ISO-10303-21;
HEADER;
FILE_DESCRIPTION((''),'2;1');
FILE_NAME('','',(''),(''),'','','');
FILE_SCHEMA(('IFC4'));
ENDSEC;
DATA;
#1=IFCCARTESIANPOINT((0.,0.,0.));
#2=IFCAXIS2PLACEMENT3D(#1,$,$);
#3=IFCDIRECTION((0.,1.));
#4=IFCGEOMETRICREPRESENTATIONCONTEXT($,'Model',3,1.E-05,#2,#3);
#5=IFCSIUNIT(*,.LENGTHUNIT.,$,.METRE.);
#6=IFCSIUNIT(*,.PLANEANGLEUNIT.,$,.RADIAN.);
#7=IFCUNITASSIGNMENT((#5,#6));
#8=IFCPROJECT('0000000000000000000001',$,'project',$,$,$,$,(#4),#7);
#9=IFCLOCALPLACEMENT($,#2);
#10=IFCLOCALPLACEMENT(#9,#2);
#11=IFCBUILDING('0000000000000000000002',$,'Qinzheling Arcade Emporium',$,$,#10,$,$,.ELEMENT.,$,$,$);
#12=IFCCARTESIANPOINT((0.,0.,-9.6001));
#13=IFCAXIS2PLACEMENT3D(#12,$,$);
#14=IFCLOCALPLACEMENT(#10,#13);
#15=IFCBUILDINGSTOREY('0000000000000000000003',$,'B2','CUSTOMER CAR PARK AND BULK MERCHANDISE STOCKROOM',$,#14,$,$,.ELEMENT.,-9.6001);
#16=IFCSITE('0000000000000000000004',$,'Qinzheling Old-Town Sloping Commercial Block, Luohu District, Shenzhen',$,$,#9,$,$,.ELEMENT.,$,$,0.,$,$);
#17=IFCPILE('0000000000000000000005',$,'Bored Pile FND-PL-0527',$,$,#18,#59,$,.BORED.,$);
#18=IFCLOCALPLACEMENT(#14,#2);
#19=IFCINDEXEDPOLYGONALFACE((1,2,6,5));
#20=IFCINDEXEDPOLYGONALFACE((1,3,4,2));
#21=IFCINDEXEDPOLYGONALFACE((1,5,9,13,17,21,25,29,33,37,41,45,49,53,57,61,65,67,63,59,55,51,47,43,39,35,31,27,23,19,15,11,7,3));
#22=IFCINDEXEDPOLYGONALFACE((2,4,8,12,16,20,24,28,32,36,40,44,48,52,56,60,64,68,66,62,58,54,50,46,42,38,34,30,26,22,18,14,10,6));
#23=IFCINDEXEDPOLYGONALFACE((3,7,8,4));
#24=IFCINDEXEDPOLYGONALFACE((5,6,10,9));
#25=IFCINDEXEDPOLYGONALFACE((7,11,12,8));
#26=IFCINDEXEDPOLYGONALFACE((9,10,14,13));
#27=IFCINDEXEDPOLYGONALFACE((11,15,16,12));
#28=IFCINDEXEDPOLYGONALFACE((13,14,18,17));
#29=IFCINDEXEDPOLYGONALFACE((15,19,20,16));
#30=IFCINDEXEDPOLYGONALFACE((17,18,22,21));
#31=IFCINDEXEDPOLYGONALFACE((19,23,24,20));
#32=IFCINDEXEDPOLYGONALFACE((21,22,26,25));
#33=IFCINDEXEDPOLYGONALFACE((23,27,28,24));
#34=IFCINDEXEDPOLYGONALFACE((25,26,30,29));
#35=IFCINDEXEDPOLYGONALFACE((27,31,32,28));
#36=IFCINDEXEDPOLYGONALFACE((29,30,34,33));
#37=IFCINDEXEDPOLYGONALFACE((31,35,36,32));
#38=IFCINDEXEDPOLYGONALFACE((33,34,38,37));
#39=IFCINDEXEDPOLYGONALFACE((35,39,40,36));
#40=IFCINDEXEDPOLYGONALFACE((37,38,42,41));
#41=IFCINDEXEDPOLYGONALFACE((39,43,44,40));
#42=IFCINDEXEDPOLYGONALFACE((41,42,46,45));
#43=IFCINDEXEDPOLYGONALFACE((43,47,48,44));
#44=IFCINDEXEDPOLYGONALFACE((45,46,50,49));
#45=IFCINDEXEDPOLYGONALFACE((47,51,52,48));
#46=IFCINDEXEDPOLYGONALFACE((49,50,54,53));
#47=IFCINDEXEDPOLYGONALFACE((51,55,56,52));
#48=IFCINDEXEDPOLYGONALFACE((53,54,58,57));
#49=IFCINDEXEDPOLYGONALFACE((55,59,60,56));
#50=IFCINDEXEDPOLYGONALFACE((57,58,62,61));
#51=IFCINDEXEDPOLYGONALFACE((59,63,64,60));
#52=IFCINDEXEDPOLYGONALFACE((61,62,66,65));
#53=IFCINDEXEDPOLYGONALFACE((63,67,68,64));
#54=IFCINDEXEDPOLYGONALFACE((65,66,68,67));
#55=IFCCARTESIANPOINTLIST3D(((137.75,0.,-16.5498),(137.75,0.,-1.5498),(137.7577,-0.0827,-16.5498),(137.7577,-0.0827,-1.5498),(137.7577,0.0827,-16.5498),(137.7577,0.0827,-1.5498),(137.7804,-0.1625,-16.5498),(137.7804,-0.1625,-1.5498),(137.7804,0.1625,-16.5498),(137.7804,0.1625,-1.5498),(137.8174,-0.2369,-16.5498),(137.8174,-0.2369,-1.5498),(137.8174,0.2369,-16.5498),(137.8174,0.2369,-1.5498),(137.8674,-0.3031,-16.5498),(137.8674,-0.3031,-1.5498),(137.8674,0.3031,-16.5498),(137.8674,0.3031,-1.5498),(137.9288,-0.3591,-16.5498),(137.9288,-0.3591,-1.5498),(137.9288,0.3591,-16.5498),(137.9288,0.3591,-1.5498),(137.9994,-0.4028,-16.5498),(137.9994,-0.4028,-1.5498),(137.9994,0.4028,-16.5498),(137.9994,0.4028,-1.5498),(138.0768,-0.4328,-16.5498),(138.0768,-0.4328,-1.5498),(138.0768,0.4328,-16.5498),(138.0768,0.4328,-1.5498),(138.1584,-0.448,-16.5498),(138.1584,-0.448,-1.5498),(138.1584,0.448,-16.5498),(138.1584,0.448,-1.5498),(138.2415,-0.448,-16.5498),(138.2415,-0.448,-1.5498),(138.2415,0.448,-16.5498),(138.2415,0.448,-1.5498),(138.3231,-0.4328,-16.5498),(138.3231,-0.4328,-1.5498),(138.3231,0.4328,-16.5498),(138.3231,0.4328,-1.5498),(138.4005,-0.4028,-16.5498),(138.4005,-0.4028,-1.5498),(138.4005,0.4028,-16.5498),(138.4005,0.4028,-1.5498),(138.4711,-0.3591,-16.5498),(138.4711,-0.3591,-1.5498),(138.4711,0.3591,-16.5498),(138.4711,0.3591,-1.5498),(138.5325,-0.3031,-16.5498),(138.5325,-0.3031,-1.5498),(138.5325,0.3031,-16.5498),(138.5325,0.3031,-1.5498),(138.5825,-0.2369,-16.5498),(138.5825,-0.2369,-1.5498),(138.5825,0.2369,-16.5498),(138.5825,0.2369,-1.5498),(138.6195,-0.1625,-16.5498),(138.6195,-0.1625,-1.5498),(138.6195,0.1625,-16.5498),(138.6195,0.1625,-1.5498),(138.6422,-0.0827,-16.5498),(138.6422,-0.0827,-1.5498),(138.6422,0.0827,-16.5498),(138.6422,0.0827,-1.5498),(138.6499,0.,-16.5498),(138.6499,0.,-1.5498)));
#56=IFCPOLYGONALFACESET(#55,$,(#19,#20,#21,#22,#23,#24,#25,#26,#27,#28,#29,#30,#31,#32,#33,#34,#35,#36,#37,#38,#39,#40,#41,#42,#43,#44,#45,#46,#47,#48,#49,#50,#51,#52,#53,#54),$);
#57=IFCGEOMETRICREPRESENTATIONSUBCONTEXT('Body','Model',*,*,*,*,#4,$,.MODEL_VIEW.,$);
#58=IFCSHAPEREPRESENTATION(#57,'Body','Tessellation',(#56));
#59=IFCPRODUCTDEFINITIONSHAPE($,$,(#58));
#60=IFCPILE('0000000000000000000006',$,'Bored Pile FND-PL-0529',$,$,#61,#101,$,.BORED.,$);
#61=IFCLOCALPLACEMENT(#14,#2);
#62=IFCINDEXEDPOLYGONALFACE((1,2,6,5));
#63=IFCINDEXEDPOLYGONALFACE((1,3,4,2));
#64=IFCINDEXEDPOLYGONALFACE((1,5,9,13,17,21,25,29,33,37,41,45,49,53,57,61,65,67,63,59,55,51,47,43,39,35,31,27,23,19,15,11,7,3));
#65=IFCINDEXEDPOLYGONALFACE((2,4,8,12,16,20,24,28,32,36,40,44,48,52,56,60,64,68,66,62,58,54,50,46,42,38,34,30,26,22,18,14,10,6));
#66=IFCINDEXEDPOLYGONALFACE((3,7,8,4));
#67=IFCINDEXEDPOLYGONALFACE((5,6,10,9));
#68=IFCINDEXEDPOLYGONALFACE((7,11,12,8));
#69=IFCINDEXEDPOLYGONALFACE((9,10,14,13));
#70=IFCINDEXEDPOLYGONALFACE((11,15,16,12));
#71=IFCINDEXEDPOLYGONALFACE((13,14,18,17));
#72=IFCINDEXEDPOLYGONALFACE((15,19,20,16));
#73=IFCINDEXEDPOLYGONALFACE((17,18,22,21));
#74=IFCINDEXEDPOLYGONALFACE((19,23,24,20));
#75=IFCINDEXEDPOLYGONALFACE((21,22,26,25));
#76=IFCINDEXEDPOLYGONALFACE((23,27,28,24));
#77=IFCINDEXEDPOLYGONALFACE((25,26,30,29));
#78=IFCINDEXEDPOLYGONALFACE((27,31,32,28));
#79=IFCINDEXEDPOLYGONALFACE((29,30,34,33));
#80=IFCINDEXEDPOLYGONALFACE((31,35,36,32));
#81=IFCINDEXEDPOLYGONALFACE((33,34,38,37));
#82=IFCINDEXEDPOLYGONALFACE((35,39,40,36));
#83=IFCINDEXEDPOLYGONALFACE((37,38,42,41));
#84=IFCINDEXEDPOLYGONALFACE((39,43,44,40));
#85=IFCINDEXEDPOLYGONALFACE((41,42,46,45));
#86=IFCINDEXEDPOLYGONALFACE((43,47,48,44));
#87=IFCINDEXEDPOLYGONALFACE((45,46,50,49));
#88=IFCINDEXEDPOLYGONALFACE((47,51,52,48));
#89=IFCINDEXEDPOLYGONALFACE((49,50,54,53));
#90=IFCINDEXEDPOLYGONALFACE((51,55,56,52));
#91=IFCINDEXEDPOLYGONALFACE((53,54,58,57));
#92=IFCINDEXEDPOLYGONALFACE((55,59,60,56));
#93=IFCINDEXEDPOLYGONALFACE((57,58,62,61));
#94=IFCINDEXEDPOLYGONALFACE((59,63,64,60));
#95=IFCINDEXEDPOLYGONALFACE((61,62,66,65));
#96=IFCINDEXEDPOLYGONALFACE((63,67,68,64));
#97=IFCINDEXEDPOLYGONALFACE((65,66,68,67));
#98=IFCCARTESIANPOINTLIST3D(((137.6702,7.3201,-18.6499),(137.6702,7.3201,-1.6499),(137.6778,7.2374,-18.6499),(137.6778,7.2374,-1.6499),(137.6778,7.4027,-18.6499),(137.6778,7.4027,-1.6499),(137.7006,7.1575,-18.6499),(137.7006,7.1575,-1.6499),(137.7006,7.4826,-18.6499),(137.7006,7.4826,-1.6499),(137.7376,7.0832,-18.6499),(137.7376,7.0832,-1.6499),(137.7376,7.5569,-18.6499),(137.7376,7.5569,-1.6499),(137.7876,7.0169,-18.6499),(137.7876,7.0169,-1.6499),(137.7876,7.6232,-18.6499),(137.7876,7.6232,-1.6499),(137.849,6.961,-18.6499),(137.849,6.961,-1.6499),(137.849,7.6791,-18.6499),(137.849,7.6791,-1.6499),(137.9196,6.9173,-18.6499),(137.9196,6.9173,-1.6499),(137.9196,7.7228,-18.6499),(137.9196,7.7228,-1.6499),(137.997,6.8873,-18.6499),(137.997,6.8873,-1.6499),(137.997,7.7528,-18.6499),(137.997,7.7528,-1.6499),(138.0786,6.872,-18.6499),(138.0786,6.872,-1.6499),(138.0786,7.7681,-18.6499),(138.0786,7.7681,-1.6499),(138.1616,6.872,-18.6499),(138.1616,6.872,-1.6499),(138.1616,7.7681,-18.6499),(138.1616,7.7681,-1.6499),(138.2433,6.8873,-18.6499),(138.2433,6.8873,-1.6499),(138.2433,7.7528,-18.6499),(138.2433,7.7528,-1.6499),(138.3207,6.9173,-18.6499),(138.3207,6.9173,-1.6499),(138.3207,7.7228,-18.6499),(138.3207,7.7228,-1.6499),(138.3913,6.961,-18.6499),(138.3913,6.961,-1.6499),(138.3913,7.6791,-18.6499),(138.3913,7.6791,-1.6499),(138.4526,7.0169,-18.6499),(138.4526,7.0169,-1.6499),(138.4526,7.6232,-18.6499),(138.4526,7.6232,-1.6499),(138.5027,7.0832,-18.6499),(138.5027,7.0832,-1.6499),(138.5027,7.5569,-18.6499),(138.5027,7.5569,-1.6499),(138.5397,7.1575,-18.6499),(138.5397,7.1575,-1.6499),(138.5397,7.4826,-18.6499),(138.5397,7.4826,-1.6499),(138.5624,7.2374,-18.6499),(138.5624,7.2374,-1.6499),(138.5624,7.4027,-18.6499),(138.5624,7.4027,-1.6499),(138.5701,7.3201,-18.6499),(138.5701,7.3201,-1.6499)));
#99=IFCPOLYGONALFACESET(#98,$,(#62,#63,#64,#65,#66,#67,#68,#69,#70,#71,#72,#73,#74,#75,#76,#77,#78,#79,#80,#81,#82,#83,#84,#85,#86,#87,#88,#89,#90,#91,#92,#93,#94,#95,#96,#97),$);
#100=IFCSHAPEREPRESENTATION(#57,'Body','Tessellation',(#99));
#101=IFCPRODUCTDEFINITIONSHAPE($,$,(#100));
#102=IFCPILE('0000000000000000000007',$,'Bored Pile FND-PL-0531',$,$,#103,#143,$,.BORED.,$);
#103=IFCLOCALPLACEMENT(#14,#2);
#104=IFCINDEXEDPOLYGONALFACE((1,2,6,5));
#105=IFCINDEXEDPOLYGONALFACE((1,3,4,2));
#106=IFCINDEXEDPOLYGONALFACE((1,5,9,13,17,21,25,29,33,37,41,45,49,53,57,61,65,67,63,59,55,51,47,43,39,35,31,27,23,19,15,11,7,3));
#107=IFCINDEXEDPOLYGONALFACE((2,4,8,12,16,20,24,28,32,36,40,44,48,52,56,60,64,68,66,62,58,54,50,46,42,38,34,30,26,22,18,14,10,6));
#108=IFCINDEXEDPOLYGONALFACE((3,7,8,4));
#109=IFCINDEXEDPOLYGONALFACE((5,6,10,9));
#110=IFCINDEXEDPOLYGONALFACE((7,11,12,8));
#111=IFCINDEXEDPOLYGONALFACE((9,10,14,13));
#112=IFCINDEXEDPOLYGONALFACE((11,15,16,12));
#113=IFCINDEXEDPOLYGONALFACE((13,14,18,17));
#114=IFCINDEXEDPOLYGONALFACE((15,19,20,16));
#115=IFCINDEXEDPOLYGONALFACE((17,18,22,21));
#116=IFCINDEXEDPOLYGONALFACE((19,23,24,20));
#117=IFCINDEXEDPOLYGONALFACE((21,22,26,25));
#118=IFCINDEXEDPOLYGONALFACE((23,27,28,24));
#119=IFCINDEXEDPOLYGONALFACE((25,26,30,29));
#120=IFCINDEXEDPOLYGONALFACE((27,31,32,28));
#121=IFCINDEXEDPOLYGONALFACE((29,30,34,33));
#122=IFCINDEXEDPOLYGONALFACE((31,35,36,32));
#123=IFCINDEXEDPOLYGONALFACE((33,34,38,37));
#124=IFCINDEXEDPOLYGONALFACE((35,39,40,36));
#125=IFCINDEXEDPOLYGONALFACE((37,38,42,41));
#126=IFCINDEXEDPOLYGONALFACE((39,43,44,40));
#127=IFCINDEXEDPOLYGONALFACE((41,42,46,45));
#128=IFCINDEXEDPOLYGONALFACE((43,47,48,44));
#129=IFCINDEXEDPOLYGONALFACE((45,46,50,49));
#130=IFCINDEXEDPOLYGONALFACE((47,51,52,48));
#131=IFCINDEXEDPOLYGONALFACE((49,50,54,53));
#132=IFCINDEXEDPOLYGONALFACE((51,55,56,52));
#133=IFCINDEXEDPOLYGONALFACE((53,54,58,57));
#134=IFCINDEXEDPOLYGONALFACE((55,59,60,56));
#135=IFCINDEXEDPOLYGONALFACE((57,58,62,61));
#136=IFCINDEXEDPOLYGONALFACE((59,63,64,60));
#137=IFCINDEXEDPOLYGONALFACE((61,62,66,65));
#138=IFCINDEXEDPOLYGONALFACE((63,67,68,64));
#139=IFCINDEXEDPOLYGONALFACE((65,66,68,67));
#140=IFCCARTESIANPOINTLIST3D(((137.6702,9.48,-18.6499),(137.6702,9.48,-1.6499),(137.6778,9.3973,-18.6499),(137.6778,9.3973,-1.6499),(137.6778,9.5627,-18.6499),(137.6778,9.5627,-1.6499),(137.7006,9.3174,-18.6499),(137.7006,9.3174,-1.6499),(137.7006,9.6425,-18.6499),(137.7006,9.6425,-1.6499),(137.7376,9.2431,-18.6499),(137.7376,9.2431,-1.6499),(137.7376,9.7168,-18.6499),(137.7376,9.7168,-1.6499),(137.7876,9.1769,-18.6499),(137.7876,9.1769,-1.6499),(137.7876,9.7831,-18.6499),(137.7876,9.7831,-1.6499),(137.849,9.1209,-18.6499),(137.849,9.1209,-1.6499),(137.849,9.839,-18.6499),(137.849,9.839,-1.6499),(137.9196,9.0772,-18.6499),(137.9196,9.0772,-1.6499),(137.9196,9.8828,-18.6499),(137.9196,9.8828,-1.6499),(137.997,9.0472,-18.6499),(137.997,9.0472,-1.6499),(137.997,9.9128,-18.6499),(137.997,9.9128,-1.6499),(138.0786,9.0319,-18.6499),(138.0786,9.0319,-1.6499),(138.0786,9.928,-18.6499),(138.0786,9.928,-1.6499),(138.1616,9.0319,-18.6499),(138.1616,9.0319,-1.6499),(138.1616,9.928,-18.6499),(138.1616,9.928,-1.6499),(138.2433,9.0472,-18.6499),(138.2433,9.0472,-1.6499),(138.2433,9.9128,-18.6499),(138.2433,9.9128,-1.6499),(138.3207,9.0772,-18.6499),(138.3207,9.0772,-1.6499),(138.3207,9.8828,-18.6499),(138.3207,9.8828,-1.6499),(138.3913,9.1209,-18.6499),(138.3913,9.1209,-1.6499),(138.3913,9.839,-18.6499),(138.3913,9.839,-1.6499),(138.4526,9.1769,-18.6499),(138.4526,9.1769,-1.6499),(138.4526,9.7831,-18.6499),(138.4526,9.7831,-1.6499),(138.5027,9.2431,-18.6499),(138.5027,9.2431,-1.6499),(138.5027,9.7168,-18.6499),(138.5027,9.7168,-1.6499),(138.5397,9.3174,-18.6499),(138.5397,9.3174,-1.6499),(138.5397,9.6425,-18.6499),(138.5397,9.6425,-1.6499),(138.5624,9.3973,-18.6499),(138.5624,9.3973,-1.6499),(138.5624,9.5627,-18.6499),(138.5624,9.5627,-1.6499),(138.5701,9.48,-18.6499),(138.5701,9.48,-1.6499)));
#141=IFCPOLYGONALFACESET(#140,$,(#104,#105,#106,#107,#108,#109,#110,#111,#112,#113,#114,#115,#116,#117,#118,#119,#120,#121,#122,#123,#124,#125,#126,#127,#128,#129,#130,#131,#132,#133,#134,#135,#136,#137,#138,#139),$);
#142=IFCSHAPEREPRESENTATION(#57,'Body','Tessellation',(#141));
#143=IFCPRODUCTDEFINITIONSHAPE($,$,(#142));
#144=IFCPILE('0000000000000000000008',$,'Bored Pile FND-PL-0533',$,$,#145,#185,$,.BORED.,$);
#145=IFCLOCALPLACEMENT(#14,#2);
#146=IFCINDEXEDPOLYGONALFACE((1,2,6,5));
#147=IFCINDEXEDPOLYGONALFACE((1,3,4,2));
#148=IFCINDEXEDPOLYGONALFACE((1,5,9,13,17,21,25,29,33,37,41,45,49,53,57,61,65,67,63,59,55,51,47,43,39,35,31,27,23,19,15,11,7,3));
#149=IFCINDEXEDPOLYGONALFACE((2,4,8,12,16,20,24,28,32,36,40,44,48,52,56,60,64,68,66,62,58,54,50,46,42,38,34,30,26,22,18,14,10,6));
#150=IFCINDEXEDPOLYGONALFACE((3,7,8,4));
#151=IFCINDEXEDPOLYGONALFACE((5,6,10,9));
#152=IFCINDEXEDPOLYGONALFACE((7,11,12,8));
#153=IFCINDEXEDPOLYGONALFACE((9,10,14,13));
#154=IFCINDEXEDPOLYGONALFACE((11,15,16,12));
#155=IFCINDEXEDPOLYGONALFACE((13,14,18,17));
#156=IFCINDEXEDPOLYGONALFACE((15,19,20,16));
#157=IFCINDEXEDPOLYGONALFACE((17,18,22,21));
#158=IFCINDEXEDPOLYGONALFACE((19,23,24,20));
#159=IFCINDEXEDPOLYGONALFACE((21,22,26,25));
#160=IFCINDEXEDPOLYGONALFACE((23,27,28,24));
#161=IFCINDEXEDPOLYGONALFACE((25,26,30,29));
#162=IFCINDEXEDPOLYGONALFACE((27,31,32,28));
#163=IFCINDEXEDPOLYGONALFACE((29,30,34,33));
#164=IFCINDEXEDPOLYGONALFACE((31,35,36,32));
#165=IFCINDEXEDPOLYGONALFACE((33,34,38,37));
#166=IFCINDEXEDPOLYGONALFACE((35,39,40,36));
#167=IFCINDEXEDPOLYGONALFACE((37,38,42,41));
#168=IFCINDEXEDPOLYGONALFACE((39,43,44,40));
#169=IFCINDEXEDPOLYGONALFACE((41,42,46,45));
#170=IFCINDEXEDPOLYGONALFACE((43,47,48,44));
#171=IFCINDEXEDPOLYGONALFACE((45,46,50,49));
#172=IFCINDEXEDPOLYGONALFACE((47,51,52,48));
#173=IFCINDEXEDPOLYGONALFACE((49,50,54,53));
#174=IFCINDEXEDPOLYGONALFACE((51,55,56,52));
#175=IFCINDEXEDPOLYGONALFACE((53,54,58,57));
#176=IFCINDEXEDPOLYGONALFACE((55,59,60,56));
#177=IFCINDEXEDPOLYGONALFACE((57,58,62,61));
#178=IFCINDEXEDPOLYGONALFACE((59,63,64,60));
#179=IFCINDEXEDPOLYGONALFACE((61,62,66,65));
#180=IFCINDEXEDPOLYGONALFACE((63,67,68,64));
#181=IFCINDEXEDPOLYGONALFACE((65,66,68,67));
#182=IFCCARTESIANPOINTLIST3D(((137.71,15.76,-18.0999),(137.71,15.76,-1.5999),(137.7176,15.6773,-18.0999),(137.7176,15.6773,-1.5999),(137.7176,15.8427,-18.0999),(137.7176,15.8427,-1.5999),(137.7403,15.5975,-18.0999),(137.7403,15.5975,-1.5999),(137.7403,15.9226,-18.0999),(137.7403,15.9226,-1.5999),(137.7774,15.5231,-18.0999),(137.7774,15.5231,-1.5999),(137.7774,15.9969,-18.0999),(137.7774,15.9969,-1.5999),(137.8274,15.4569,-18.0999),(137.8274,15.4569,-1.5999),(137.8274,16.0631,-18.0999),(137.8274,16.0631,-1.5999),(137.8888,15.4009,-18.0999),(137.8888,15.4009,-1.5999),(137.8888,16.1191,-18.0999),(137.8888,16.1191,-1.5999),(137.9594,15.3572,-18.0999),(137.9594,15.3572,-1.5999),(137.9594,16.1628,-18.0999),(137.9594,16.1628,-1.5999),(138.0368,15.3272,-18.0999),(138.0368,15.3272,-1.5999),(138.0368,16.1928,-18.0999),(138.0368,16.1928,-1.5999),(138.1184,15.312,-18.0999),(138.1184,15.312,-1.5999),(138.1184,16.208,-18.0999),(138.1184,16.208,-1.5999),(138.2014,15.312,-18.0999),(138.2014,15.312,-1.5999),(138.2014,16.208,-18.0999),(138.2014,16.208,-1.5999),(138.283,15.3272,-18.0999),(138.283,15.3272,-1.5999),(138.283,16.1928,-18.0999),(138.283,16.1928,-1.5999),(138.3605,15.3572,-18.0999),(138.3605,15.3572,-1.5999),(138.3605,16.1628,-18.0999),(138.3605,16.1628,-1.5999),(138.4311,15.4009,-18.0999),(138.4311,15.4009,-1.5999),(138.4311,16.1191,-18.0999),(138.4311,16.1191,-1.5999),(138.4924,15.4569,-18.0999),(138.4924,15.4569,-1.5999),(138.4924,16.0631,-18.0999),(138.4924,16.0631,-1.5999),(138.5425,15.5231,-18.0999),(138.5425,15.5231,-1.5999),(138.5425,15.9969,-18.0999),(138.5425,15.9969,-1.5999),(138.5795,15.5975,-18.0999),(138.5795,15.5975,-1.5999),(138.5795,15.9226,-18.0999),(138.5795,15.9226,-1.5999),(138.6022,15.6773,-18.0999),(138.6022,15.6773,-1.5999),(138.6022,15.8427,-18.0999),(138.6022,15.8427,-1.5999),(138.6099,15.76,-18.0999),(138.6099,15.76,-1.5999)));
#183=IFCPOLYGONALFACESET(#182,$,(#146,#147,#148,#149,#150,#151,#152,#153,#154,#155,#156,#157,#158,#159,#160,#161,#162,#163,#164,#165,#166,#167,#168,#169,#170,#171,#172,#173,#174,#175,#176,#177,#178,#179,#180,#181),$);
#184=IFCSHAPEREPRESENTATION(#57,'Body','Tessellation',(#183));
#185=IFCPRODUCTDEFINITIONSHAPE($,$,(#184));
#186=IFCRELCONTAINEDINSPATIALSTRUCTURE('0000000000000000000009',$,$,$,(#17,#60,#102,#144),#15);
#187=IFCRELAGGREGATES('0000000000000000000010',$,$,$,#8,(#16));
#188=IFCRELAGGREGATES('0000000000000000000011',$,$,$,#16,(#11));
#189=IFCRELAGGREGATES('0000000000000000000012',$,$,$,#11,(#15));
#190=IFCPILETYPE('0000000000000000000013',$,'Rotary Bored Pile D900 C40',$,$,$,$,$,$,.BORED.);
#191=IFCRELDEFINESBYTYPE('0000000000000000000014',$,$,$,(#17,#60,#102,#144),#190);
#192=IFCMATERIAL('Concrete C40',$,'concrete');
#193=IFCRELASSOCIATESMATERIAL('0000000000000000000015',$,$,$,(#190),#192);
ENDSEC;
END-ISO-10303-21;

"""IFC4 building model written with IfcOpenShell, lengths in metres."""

from ifc_helpers import new_model, si_unit, direction, frame, origin, origin_2d, place, context, subcontext, project, spatial, circle, extrude, material, material_profile, profile_set, type_object, element, save


model = new_model("IFC4")

# Units and contexts
model_context = context("Model", 3, precision=1e-05, world=origin(), true_north=direction((0.0, 1.0)))
body_context = subcontext(model_context, "Body", "Model", "MODEL_VIEW")
ifc_project = project(units=[si_unit("LENGTHUNIT", "METRE"), si_unit("PLANEANGLEUNIT", "RADIAN")], contexts=[model_context])

# Site, building, storey
site_placement = place(None, origin())
site = spatial("IfcSite", under=ifc_project, at=site_placement, Name="Qinzheling Old-Town Sloping Commercial Block, Luohu District, Shenzhen", CompositionType="ELEMENT", RefElevation=0.0)
building_placement = place(site_placement, origin())
building = spatial("IfcBuilding", under=site, at=building_placement, Name="Qinzheling Arcade Emporium", CompositionType="ELEMENT")
storey_placement = place(building_placement, frame((0.0, 0.0, -9.6001)))
storey = spatial("IfcBuildingStorey", under=building, at=storey_placement, Name="B2", Description="CUSTOMER CAR PARK AND BULK MERCHANDISE STOCKROOM", CompositionType="ELEMENT", Elevation=-9.6001)

# Shared definitions
ifc_material_1 = material(Name="Concrete C40", Category="concrete")

# Piles
ifc_material_profile_1 = material_profile(ifc_material_1, circle(Radius=0.45, at=origin_2d()), Name="BORED D900", Category="concrete")
ifc_profile_set_1 = profile_set([ifc_material_profile_1], Name="Concrete C40")
pile_type_1 = type_object("IfcPileType", Name="Rotary Bored Pile D900 C40", PredefinedType="BORED", material=ifc_profile_set_1)
pile_1_placement = place(storey_placement, frame((138.2, 0.0, -1.5498), z_axis=(0.0, 0.0, -1.0), x_axis=(1.0, 0.0, 0.0)))
element("IfcPile", 1, at=pile_1_placement, inside=storey, type_object=pile_type_1, Name="Bored Pile FND-PL-0527", PredefinedType="BORED", context=body_context, shape_type="SweptSolid", body=[
    extrude(circle(Radius=0.45, at=origin_2d()), origin(), (0.0, 0.0, 1.0), 15.0),
])
for number, where, z_axis, x_axis, name in (
    (2, (138.1201, 7.3201, -1.6499), (0.0, 0.0, -1.0), (1.0, 0.0, 0.0), "Bored Pile FND-PL-0529"),
    (3, (138.1201, 9.48, -1.6499), (0.0, 0.0, -1.0), (1.0, 0.0, 0.0), "Bored Pile FND-PL-0531"),
):
    element("IfcPile", number, at=place(storey_placement, frame(where, z_axis=z_axis, x_axis=x_axis)), inside=storey, type_object=pile_type_1, Name=name, PredefinedType="BORED", context=body_context, shape_type="SweptSolid", body=[
        extrude(circle(Radius=0.45, at=origin_2d()), origin(), (0.0, 0.0, 1.0), 17.0),
    ])
for number, where, z_axis, x_axis, name in (
    (4, (138.1599, 15.76, -1.5999), (0.0, 0.0, -1.0), (1.0, 0.0, 0.0), "Bored Pile FND-PL-0533"),
):
    element("IfcPile", number, at=place(storey_placement, frame(where, z_axis=z_axis, x_axis=x_axis)), inside=storey, type_object=pile_type_1, Name=name, PredefinedType="BORED", context=body_context, shape_type="SweptSolid", body=[
        extrude(circle(Radius=0.45, at=origin_2d()), origin(), (0.0, 0.0, 1.0), 16.5),
    ])

save(model, "model.ifc")
